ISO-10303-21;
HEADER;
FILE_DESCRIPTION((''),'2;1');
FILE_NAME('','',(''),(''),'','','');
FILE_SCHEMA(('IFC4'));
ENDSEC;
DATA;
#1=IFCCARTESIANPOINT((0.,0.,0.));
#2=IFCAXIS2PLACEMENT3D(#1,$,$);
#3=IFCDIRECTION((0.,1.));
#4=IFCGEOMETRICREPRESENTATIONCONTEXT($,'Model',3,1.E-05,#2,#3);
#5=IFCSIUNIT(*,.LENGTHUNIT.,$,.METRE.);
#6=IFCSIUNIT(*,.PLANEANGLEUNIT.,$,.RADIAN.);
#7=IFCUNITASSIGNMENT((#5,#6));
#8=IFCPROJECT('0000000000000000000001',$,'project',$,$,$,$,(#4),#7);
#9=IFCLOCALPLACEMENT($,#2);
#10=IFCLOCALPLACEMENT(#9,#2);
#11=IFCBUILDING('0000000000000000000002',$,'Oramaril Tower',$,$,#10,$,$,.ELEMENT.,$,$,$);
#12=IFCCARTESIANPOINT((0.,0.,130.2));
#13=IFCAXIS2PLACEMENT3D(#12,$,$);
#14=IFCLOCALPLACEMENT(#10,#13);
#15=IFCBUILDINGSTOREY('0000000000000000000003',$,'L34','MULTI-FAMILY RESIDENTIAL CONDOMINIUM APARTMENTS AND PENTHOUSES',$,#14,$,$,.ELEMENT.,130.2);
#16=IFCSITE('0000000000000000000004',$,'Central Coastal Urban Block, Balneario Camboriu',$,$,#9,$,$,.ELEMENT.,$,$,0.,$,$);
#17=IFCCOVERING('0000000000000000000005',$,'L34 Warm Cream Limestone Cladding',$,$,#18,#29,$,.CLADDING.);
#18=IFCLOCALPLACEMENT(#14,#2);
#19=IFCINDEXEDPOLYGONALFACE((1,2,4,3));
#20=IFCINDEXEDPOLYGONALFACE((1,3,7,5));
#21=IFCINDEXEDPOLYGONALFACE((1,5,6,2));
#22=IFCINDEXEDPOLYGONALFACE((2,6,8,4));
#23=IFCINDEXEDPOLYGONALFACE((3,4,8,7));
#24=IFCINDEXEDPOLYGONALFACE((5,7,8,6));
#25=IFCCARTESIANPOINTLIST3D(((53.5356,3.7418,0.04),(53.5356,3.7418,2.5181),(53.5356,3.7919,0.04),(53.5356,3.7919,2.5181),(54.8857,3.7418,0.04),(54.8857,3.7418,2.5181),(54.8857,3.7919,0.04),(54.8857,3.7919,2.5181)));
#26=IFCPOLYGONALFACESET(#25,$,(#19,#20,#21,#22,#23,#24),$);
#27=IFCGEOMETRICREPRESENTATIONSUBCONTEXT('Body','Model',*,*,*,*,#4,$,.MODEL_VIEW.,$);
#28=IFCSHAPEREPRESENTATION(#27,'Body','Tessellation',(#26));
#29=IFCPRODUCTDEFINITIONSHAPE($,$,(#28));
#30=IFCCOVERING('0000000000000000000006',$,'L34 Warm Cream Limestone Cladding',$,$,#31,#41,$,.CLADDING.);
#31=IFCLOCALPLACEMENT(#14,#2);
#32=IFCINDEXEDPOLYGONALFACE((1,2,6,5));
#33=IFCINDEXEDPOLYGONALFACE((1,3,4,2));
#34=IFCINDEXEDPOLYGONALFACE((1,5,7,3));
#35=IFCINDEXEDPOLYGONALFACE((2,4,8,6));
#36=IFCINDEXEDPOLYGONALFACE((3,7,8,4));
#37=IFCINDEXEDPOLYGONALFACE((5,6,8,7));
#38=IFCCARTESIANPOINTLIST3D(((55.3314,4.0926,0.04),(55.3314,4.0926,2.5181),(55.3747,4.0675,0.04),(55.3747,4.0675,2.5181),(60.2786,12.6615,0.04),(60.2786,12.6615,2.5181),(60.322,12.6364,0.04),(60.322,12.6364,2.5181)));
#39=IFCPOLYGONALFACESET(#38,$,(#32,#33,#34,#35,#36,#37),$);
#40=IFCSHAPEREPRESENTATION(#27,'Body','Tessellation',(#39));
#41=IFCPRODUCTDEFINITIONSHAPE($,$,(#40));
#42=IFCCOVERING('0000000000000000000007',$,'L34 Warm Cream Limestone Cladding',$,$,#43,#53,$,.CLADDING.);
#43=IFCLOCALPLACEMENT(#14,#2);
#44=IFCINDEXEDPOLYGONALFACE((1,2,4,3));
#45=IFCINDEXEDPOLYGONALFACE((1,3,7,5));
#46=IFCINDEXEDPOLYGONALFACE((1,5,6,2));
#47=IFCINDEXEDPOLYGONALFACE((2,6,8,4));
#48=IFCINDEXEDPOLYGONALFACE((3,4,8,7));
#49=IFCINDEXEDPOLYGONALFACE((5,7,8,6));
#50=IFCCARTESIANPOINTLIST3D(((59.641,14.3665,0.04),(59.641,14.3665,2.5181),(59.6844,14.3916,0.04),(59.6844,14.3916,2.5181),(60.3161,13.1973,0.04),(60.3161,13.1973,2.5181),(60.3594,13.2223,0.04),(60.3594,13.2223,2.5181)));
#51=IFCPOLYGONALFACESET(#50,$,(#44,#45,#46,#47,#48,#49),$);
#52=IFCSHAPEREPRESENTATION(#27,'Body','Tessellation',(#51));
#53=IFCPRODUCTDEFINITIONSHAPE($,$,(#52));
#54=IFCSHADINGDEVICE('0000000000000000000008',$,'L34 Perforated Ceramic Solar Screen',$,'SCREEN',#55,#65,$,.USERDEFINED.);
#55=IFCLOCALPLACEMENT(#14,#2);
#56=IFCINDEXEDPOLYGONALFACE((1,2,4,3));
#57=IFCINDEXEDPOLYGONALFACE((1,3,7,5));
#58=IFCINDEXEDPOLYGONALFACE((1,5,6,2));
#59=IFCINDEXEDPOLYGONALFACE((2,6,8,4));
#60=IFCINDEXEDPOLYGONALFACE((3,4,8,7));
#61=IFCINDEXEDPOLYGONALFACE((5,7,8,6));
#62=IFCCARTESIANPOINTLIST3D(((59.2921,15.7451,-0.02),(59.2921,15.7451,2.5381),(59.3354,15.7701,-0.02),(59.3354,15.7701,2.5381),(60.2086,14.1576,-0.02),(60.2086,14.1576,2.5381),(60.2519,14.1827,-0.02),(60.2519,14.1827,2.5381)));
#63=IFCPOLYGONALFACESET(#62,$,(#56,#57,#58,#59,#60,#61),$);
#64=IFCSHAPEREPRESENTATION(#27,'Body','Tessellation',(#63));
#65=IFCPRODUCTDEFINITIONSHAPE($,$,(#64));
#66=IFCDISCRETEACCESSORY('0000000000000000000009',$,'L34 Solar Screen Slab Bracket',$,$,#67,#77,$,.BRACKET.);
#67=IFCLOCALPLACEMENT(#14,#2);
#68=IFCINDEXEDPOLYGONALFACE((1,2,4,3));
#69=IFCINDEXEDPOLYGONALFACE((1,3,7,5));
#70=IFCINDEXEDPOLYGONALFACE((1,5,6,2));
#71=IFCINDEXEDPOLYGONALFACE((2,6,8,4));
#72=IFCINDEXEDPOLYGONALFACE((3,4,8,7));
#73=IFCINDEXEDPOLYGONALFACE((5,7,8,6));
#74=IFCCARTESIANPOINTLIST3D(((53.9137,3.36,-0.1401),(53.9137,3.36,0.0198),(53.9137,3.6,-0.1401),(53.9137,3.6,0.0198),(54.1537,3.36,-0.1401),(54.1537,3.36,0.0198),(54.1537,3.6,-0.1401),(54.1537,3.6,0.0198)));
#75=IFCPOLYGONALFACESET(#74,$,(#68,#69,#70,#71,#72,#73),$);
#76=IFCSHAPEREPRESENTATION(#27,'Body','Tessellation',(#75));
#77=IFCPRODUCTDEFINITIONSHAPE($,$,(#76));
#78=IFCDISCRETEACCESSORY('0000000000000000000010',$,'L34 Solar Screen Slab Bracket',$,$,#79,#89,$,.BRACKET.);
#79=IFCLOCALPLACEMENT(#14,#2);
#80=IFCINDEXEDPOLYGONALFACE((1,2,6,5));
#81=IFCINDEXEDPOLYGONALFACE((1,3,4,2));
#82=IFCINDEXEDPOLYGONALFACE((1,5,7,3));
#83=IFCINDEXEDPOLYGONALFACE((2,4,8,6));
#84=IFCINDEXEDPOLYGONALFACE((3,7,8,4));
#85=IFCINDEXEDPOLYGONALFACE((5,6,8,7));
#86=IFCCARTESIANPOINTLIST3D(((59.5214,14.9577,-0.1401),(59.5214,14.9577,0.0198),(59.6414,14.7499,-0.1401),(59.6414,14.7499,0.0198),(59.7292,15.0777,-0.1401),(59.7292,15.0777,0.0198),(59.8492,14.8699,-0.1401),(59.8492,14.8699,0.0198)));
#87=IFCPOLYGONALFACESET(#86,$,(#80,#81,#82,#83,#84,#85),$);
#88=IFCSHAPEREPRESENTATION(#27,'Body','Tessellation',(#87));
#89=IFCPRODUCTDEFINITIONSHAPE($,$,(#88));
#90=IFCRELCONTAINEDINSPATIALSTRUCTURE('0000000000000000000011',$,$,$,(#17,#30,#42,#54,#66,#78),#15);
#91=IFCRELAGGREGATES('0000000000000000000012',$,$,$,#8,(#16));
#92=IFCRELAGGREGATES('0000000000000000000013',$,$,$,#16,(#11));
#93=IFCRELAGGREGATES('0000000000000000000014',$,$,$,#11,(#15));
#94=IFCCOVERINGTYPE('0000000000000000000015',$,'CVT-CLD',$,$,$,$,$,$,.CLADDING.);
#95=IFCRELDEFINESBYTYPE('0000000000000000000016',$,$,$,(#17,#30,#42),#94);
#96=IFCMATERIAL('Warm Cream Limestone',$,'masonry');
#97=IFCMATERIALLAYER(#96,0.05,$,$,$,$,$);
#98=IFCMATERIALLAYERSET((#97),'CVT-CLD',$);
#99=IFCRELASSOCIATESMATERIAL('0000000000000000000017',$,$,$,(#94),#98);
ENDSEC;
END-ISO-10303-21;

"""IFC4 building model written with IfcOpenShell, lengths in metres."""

from ifc_helpers import new_model, si_unit, direction, frame, origin, origin_2d, place, context, subcontext, project, spatial, rectangle, extrude, material, layer, layer_set, type_object, element, save


model = new_model("IFC4")

# Units and contexts
model_context = context("Model", 3, precision=1e-05, world=origin(), true_north=direction((0.0, 1.0)))
body_context = subcontext(model_context, "Body", "Model", "MODEL_VIEW")
ifc_project = project(units=[si_unit("LENGTHUNIT", "METRE"), si_unit("PLANEANGLEUNIT", "RADIAN")], contexts=[model_context])

# Site, building, storey
site_placement = place(None, origin())
site = spatial("IfcSite", under=ifc_project, at=site_placement, Name="Central Coastal Urban Block, Balneario Camboriu", CompositionType="ELEMENT", RefElevation=0.0)
building_placement = place(site_placement, origin())
building = spatial("IfcBuilding", under=site, at=building_placement, Name="Oramaril Tower", CompositionType="ELEMENT")
storey_placement = place(building_placement, frame((0.0, 0.0, 130.2)))
storey = spatial("IfcBuildingStorey", under=building, at=storey_placement, Name="L34", Description="MULTI-FAMILY RESIDENTIAL CONDOMINIUM APARTMENTS AND PENTHOUSES", CompositionType="ELEMENT", Elevation=130.2)

# Coverings
ifc_material_1 = material(Name="Warm Cream Limestone", Category="masonry")
ifc_layer_1 = layer(ifc_material_1, 0.05)
ifc_layer_set_1 = layer_set([ifc_layer_1], Name="CVT-CLD")
covering_type = type_object("IfcCoveringType", Name="CVT-CLD", PredefinedType="CLADDING", material=ifc_layer_set_1)
covering_1_placement = place(storey_placement, frame((54.2107, 3.7668, 0.04), z_axis=(0.0, 0.0, 1.0), x_axis=(1.0, 0.0, 0.0)))
element("IfcCovering", 1, at=covering_1_placement, inside=storey, type_object=covering_type, Name="L34 Warm Cream Limestone Cladding", PredefinedType="CLADDING", context=body_context, shape_type="SweptSolid", body=[
    extrude(rectangle(XDim=1.3501, YDim=0.05, at=origin_2d()), origin(), (0.0, 0.0, 1.0), 2.478),
])
covering_2_placement = place(storey_placement, frame((57.8267, 8.3645, 0.04), z_axis=(0.0, 0.0, 1.0), x_axis=(0.5, 0.866025, 0.0)))
element("IfcCovering", 2, at=covering_2_placement, inside=storey, type_object=covering_type, Name="L34 Warm Cream Limestone Cladding", PredefinedType="CLADDING", context=body_context, shape_type="SweptSolid", body=[
    extrude(rectangle(XDim=9.8945, YDim=0.05, at=origin_2d()), origin(), (0.0, 0.0, 1.0), 2.478),
])
covering_3_placement = place(storey_placement, frame((60.0002, 13.7944, 0.04), z_axis=(0.0, 0.0, 1.0), x_axis=(-0.499998, 0.866026, 0.0)))
element("IfcCovering", 3, at=covering_3_placement, inside=storey, type_object=covering_type, Name="L34 Warm Cream Limestone Cladding", PredefinedType="CLADDING", context=body_context, shape_type="SweptSolid", body=[
    extrude(rectangle(XDim=1.3501, YDim=0.05, at=origin_2d()), origin(), (0.0, 0.0, 1.0), 2.478),
])

# Shading device
shading_device_placement = place(storey_placement, frame((59.772, 14.9639, -0.02), z_axis=(0.0, 0.0, 1.0), x_axis=(-0.499998, 0.866026, 0.0)))
element("IfcShadingDevice", 4, at=shading_device_placement, inside=storey, Name="L34 Perforated Ceramic Solar Screen", ObjectType="SCREEN", PredefinedType="USERDEFINED", context=body_context, shape_type="SweptSolid", body=[
    extrude(rectangle(XDim=1.833, YDim=0.05, at=origin_2d()), origin(), (0.0, 0.0, 1.0), 2.5581),
])

# Discrete accessories
for number, where, z_axis, x_axis, name in (
    (5, (54.0337, 3.48, -0.1401), (0.0, 0.0, 1.0), (1.0, 0.0, 0.0), "L34 Solar Screen Slab Bracket"),
    (6, (59.6853, 14.9138, -0.1401), (0.0, 0.0, 1.0), (-0.499998, 0.866026, 0.0), "L34 Solar Screen Slab Bracket"),
):
    element("IfcDiscreteAccessory", number, at=place(storey_placement, frame(where, z_axis=z_axis, x_axis=x_axis)), inside=storey, Name=name, PredefinedType="BRACKET", context=body_context, shape_type="SweptSolid", body=[
        extrude(rectangle(XDim=0.24, YDim=0.24, at=origin_2d()), origin(), (0.0, 0.0, 1.0), 0.1599),
    ])

save(model, "model.ifc")
